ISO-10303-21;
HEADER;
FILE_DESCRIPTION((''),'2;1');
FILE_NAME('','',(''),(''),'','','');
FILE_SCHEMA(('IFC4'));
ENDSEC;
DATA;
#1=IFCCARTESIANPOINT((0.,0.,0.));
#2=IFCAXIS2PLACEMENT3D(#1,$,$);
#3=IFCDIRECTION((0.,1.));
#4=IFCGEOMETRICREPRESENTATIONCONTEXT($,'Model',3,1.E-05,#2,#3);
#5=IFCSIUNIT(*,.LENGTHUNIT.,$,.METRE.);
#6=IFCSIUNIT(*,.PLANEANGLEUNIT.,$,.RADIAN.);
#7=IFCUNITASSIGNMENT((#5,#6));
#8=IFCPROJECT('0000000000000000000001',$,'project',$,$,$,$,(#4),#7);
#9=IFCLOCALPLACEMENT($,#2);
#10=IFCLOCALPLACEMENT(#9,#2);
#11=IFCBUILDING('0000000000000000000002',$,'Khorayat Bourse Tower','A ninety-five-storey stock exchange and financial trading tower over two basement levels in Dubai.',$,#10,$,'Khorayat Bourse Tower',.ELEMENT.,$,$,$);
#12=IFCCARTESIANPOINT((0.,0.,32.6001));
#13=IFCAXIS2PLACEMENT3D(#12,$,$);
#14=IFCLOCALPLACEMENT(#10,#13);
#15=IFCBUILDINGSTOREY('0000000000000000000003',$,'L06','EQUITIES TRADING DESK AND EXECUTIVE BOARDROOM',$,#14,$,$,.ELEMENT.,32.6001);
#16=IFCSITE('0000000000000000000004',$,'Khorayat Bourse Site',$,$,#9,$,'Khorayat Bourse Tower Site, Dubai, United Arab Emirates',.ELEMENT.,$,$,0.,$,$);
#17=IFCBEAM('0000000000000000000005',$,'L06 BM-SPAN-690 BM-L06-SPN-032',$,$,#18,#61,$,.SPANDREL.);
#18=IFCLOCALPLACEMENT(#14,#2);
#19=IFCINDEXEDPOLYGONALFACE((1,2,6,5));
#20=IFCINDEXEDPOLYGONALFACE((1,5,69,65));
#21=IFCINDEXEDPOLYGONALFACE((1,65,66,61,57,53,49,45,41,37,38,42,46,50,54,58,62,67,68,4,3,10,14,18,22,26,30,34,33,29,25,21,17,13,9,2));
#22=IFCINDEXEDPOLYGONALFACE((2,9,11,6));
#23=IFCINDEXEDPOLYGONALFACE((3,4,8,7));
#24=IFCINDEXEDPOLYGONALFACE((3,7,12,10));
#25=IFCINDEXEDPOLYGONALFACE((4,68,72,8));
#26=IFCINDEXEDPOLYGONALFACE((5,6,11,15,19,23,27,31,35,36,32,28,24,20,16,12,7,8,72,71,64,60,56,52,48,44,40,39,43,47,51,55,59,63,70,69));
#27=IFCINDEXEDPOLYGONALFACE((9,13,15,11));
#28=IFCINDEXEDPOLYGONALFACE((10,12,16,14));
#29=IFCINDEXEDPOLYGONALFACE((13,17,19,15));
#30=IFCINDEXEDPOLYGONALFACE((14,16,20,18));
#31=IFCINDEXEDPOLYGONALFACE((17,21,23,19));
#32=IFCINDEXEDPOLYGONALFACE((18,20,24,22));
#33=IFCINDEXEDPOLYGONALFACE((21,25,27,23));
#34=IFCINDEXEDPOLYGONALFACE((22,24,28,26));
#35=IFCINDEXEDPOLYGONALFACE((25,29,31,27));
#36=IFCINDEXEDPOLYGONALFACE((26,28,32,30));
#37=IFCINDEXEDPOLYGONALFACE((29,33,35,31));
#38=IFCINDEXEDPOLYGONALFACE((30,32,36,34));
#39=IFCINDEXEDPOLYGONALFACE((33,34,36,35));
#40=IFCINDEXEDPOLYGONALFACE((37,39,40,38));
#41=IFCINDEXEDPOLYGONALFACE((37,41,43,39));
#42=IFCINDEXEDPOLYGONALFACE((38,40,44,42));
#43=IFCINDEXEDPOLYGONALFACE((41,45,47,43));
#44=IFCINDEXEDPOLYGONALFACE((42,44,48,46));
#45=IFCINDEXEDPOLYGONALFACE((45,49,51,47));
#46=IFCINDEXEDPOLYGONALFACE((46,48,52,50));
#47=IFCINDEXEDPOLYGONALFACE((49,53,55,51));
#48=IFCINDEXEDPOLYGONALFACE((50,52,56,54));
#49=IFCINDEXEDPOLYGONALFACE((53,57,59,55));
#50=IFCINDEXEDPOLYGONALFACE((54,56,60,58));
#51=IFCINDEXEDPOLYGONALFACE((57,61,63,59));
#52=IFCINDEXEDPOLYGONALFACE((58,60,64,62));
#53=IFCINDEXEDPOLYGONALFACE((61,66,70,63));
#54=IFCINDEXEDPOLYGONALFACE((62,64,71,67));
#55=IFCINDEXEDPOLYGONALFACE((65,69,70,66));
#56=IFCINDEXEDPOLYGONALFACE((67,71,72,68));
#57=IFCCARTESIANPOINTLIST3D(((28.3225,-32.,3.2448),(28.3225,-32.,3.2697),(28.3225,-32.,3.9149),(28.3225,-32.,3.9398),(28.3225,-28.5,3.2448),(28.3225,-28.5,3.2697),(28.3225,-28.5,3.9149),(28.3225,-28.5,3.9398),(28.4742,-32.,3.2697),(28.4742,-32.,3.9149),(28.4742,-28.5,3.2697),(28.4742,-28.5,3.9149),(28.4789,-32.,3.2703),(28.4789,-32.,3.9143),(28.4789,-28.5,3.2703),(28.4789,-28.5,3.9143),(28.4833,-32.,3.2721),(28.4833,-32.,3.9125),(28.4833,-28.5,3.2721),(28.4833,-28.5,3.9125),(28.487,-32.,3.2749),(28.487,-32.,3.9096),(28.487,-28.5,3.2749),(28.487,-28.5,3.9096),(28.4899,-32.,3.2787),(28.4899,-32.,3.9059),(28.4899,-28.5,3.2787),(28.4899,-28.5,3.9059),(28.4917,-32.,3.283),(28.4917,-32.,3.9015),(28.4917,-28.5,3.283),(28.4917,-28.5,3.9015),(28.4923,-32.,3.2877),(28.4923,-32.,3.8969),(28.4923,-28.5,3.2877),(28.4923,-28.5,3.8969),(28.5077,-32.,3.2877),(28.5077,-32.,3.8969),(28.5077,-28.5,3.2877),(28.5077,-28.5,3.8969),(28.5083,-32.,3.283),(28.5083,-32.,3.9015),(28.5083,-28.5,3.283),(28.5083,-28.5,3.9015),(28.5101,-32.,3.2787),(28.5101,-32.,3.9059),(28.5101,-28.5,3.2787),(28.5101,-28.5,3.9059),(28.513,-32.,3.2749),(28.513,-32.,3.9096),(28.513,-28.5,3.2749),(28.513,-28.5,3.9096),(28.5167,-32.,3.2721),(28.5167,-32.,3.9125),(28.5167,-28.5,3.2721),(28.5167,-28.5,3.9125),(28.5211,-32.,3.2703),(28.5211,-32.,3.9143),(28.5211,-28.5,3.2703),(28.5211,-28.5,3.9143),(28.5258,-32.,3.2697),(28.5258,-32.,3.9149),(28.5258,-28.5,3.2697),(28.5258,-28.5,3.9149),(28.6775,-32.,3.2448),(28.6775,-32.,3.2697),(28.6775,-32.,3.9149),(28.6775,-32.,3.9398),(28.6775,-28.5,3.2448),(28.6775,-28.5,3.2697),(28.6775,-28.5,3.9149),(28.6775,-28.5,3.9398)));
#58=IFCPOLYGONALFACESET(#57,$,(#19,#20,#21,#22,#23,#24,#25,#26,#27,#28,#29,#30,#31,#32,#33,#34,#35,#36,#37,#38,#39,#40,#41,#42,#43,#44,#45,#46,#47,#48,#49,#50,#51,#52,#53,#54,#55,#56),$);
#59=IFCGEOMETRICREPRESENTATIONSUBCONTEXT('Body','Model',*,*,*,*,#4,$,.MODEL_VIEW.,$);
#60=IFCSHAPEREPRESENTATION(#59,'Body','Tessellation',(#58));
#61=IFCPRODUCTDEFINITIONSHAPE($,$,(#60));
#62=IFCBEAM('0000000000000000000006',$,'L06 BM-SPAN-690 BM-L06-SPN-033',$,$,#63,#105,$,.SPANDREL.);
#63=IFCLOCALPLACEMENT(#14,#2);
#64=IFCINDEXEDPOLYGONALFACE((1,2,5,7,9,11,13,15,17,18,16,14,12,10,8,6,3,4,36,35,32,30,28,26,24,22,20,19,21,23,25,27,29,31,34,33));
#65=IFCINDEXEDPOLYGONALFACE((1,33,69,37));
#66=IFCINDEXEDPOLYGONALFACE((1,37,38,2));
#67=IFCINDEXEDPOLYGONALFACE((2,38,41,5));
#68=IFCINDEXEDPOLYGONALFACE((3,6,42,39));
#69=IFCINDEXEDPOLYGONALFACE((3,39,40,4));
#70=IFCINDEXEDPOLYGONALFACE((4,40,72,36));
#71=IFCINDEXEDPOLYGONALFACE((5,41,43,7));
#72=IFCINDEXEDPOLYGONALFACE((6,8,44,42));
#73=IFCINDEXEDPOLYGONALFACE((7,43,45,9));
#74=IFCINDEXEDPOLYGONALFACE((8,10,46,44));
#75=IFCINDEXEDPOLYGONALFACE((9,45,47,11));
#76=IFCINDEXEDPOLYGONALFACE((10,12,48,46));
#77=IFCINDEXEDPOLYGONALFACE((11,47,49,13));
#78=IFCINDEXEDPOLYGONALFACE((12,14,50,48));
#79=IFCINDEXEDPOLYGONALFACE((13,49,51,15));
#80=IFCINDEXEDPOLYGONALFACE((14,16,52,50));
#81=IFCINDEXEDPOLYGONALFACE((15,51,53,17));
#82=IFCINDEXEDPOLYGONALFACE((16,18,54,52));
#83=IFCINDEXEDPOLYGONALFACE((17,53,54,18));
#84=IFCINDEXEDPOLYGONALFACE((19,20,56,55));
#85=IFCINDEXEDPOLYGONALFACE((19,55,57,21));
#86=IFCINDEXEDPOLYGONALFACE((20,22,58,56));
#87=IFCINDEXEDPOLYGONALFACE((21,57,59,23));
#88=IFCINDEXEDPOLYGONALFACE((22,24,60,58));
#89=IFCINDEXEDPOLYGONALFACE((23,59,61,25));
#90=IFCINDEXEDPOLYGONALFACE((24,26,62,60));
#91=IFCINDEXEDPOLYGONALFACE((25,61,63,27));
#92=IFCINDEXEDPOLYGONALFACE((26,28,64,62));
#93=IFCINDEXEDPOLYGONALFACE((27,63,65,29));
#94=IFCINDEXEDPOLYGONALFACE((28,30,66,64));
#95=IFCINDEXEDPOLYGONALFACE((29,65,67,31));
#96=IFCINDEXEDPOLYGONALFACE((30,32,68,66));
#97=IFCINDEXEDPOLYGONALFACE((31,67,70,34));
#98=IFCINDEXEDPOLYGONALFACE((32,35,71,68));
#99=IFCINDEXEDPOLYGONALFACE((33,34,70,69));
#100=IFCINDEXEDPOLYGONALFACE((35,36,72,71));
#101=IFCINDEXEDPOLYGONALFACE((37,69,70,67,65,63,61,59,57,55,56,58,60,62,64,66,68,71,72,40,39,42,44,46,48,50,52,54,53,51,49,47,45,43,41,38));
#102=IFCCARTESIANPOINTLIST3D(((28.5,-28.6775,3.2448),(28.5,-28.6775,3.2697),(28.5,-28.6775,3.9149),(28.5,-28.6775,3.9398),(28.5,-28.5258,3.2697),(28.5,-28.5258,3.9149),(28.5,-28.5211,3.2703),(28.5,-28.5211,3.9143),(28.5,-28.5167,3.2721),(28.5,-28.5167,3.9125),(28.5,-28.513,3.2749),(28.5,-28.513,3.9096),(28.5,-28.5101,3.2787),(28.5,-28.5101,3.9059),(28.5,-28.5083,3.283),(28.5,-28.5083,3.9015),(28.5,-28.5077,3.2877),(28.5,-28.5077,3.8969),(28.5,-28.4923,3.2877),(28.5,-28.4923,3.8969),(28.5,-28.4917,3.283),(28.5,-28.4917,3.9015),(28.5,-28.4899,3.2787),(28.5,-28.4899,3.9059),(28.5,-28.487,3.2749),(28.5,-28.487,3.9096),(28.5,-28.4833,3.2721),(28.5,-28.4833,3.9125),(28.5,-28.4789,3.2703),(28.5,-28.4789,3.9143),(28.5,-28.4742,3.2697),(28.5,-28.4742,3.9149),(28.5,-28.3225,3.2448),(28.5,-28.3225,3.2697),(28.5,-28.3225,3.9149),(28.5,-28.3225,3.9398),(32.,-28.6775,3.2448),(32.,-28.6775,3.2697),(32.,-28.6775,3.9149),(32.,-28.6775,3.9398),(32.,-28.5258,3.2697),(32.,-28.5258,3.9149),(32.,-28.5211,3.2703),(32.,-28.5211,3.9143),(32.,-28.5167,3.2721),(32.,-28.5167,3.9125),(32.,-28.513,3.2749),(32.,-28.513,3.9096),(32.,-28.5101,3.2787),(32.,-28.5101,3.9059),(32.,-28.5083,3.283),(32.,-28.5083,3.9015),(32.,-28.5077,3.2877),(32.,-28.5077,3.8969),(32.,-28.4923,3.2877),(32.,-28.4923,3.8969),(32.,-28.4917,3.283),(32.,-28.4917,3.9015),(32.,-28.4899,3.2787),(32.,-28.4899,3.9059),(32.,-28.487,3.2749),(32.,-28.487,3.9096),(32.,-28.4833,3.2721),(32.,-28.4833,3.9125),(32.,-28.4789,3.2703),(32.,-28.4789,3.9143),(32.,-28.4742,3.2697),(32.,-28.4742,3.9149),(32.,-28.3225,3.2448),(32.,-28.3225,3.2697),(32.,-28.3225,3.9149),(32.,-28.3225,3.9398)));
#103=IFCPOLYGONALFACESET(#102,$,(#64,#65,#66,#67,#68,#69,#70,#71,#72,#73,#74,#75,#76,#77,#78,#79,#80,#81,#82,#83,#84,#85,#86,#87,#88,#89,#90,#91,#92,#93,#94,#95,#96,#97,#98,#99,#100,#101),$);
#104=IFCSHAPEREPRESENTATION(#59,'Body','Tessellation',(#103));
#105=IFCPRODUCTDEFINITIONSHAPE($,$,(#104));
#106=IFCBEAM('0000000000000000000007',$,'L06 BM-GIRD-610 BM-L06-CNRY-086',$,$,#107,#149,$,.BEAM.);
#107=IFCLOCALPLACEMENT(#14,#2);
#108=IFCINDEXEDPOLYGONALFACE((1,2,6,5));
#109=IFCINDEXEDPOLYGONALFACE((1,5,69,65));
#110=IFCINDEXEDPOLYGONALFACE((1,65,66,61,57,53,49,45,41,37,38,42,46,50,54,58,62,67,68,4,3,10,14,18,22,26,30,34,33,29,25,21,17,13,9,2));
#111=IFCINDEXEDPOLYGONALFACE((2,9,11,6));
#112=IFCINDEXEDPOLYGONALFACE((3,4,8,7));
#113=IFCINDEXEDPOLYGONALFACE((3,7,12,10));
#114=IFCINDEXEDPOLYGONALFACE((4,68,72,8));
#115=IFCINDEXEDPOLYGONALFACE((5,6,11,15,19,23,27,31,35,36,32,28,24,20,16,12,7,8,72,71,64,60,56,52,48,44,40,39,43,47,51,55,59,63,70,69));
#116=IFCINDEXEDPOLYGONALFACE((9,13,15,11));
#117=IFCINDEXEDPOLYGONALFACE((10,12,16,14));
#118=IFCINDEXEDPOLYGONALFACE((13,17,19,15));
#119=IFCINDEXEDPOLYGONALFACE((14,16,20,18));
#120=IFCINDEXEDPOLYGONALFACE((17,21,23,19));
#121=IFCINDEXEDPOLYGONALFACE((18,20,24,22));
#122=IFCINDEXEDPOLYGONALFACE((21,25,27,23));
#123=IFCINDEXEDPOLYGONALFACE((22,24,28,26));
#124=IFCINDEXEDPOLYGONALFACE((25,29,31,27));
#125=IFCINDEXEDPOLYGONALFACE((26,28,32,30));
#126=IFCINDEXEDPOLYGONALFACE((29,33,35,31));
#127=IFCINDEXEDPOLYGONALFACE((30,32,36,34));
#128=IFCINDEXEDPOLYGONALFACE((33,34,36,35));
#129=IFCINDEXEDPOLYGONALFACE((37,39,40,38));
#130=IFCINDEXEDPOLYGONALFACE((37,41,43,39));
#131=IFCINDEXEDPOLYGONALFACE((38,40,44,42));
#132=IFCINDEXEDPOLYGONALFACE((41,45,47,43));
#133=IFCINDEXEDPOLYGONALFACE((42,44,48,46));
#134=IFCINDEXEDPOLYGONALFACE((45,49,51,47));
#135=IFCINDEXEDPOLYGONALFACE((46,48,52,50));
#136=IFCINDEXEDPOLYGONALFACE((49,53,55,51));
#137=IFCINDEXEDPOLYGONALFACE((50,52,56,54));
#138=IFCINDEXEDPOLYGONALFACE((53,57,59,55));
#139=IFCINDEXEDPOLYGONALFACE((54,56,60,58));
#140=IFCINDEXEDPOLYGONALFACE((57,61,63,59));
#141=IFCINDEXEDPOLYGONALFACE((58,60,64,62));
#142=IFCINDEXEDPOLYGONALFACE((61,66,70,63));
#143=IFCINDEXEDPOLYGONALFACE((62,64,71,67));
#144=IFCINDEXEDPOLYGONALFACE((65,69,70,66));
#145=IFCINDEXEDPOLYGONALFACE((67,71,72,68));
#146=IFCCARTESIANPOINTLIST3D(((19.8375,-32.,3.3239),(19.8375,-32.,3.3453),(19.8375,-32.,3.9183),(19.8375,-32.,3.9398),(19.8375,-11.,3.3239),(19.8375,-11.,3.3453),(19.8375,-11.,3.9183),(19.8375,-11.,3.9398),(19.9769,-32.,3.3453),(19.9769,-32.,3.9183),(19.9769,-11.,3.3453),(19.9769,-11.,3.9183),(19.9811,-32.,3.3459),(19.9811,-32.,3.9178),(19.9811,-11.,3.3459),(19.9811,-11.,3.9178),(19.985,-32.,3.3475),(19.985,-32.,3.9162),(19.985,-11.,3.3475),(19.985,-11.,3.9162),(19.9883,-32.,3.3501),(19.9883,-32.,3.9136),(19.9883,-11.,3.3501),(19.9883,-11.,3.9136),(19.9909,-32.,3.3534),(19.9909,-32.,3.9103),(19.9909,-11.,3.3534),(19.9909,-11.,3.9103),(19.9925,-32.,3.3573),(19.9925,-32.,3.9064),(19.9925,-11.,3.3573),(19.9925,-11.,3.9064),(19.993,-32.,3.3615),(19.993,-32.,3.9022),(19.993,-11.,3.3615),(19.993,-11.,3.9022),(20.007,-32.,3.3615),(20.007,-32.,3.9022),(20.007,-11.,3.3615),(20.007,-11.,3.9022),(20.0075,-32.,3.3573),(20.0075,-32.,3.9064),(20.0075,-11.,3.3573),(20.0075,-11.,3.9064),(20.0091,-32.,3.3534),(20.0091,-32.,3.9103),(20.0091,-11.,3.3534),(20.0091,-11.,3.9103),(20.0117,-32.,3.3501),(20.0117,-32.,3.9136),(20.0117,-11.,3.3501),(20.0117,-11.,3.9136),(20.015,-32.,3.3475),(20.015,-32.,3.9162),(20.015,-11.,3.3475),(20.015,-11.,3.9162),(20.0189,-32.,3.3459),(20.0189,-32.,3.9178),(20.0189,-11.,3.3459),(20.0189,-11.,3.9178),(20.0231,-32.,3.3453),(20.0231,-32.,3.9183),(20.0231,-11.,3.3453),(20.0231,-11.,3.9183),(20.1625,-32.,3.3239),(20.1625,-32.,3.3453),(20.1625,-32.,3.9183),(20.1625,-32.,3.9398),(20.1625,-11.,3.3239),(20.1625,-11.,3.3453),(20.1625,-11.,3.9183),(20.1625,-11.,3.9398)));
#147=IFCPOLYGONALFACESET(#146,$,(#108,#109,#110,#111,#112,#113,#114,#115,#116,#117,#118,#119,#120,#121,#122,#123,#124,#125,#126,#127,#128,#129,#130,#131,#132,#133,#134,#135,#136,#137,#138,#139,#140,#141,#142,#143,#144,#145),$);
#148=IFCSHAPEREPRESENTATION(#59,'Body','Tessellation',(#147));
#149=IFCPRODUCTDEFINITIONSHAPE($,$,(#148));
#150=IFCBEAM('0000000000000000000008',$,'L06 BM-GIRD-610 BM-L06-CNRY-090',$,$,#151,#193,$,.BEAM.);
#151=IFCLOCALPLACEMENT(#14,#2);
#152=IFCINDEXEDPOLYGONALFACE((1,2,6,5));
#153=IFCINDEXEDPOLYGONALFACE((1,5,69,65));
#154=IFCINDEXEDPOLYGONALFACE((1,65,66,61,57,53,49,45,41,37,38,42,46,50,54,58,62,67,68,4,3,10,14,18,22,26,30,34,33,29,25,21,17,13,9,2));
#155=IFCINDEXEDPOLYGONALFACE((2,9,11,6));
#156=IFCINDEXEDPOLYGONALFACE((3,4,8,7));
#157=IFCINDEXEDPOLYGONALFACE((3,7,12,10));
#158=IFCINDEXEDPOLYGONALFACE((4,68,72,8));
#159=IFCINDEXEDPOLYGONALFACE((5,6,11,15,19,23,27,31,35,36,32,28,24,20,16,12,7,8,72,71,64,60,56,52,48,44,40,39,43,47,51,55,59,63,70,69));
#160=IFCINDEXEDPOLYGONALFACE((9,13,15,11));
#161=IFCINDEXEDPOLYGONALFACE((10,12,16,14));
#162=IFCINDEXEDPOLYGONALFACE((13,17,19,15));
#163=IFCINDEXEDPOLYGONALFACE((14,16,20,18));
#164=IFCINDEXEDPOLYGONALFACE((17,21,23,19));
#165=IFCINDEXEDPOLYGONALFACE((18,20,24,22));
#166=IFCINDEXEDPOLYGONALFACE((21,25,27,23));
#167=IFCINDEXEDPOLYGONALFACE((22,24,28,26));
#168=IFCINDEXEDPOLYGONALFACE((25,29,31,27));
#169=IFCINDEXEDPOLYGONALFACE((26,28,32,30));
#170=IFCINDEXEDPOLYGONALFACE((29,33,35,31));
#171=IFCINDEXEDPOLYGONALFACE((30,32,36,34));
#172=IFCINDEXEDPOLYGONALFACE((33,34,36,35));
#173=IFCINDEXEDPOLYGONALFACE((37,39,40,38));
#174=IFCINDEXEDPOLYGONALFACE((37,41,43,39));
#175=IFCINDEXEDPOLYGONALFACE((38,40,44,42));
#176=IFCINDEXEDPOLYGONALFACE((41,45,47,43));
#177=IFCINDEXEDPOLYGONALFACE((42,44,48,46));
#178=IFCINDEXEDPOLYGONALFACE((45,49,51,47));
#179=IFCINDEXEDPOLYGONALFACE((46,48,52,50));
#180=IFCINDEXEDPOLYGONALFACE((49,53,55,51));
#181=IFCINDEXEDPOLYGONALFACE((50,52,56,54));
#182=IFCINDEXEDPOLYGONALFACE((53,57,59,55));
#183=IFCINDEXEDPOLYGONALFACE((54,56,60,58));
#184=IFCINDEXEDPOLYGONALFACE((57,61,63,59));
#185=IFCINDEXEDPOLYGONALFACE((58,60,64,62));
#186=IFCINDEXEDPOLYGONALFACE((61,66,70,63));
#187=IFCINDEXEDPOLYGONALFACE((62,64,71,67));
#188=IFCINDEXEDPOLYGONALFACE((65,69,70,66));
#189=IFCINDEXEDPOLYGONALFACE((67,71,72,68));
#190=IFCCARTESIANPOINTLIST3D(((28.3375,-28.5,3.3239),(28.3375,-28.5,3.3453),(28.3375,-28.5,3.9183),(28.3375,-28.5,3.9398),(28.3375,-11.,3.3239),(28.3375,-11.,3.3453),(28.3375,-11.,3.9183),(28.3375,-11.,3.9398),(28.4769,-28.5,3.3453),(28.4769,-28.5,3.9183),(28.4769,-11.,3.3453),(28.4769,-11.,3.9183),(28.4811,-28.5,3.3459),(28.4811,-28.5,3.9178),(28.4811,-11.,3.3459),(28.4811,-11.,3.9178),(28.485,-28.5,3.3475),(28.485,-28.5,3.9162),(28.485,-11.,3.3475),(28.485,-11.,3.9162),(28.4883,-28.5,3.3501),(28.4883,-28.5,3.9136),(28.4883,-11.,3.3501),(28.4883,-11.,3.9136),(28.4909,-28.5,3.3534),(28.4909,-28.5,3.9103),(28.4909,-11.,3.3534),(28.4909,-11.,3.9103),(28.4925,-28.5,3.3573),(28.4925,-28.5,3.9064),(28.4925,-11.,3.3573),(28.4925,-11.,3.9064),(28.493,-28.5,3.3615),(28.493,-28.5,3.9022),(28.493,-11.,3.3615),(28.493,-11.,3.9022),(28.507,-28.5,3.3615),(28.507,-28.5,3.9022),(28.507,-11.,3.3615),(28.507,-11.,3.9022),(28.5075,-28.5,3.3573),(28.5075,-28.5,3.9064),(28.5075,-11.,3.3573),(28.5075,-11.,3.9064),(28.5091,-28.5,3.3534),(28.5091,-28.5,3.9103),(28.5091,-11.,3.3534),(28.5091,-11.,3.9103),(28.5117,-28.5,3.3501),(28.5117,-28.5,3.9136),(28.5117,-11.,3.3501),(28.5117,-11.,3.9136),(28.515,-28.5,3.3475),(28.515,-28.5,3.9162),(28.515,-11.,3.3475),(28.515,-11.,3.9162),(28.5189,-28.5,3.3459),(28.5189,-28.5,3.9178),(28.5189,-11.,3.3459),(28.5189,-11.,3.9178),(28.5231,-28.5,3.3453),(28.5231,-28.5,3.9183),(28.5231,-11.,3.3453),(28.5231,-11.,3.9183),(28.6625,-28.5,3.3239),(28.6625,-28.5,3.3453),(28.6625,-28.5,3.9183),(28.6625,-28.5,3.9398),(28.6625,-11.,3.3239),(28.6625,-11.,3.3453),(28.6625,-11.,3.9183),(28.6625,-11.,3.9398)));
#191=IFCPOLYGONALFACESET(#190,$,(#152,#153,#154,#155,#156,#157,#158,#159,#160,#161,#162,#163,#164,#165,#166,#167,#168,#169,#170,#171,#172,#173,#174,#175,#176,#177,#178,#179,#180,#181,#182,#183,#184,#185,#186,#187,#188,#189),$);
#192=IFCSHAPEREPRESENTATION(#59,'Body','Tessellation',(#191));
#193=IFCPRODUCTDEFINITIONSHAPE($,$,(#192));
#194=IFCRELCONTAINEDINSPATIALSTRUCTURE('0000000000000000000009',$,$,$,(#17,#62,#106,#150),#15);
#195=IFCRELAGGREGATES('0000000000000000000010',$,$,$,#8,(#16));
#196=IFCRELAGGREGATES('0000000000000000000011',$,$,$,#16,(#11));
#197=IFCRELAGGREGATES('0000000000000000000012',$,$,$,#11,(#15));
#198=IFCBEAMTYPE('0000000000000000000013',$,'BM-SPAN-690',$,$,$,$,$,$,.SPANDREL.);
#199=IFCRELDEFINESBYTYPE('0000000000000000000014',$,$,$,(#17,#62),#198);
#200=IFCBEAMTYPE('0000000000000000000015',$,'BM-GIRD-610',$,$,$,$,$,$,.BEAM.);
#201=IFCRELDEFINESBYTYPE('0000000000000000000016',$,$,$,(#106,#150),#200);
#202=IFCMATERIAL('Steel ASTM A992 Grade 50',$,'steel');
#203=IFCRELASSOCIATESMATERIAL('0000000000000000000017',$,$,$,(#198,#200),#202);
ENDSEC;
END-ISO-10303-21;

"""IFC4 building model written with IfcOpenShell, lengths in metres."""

from ifc_helpers import new_model, si_unit, direction, frame, origin, origin_2d, place, context, subcontext, project, spatial, i_section, extrude, source, transform, mapped, material, material_profile, profile_set, type_object, element, save


model = new_model("IFC4")

# Units and contexts
model_context = context("Model", 3, precision=1e-05, world=origin(), true_north=direction((0.0, 1.0)))
body_context = subcontext(model_context, "Body", "Model", "MODEL_VIEW")
ifc_project = project(units=[si_unit("LENGTHUNIT", "METRE"), si_unit("PLANEANGLEUNIT", "RADIAN")], contexts=[model_context])

# Site, building, storey
site_placement = place(None, origin())
site = spatial("IfcSite", under=ifc_project, at=site_placement, Name="Khorayat Bourse Site", LongName="Khorayat Bourse Tower Site, Dubai, United Arab Emirates", CompositionType="ELEMENT", RefElevation=0.0)
building_placement = place(site_placement, origin())
building = spatial("IfcBuilding", under=site, at=building_placement, Name="Khorayat Bourse Tower", Description="A ninety-five-storey stock exchange and financial trading tower over two basement levels in Dubai.", LongName="Khorayat Bourse Tower", CompositionType="ELEMENT")
storey_placement = place(building_placement, frame((0.0, 0.0, 32.6001)))
storey = spatial("IfcBuildingStorey", under=building, at=storey_placement, Name="L06", Description="EQUITIES TRADING DESK AND EXECUTIVE BOARDROOM", CompositionType="ELEMENT", Elevation=32.6001)

# Beams
ifc_material_1 = material(Name="Steel ASTM A992 Grade 50", Category="steel")
ifc_material_profile_1 = material_profile(ifc_material_1, i_section(OverallWidth=0.355, OverallDepth=0.6951, WebThickness=0.0154, FlangeThickness=0.0249, FilletRadius=0.0181, at=origin_2d()), Name="W690X217")
ifc_profile_set_1 = profile_set([ifc_material_profile_1], Name="Steel ASTM A992 Grade 50")
beam_type_1 = type_object("IfcBeamType", Name="BM-SPAN-690", PredefinedType="SPANDREL", material=ifc_profile_set_1)
shared_shape_1 = source(origin(), body_context, "Body", "SweptSolid", [
    extrude(i_section(OverallWidth=0.355, OverallDepth=0.6951, WebThickness=0.0154, FlangeThickness=0.0249, FilletRadius=0.0181, at=origin_2d()), origin(), (0.0, 0.0, 1.0), 3.5),
])
for number, where, z_axis, x_axis, name in (
    (1, (28.5, -32.0, 3.5923), (0.0, 1.0, 0.0), (-1.0, 0.0, 0.0), "L06 BM-SPAN-690 BM-L06-SPN-032"),
    (2, (28.5, -28.5, 3.5923), (1.0, 0.0, 0.0), (0.0, 1.0, 0.0), "L06 BM-SPAN-690 BM-L06-SPN-033"),
):
    element("IfcBeam", number, at=place(storey_placement, frame(where, z_axis=z_axis, x_axis=x_axis)), inside=storey, type_object=beam_type_1, Name=name, PredefinedType="SPANDREL", context=body_context, shape_type="MappedRepresentation", body=[
        mapped(shared_shape_1, transform((0.0, 0.0, 0.0), scale=1.0)),
    ])
ifc_material_profile_2 = material_profile(ifc_material_1, i_section(OverallWidth=0.325, OverallDepth=0.616, WebThickness=0.0139, FlangeThickness=0.0215, FilletRadius=0.0161, at=origin_2d()), Name="W610X174")
ifc_profile_set_2 = profile_set([ifc_material_profile_2], Name="Steel ASTM A992 Grade 50")
beam_type_2 = type_object("IfcBeamType", Name="BM-GIRD-610", PredefinedType="BEAM", material=ifc_profile_set_2)
shared_shape_2 = source(origin(), body_context, "Body", "SweptSolid", [
    extrude(i_section(OverallWidth=0.325, OverallDepth=0.616, WebThickness=0.0139, FlangeThickness=0.0215, FilletRadius=0.0161, at=origin_2d()), origin(), (0.0, 0.0, 1.0), 21.0),
])
beam_1_placement = place(storey_placement, frame((20.0, -32.0, 3.6318), z_axis=(0.0, 1.0, 0.0), x_axis=(-1.0, 0.0, 0.0)))
element("IfcBeam", 3, at=beam_1_placement, inside=storey, type_object=beam_type_2, Name="L06 BM-GIRD-610 BM-L06-CNRY-086", PredefinedType="BEAM", context=body_context, shape_type="MappedRepresentation", body=[
    mapped(shared_shape_2, transform((0.0, 0.0, 0.0), scale=1.0)),
])
shared_shape_3 = source(origin(), body_context, "Body", "SweptSolid", [
    extrude(i_section(OverallWidth=0.325, OverallDepth=0.616, WebThickness=0.0139, FlangeThickness=0.0215, FilletRadius=0.0161, at=origin_2d()), origin(), (0.0, 0.0, 1.0), 17.5),
])
beam_2_placement = place(storey_placement, frame((28.5, -28.5, 3.6318), z_axis=(0.0, 1.0, 0.0), x_axis=(-1.0, 0.0, 0.0)))
element("IfcBeam", 4, at=beam_2_placement, inside=storey, type_object=beam_type_2, Name="L06 BM-GIRD-610 BM-L06-CNRY-090", PredefinedType="BEAM", context=body_context, shape_type="MappedRepresentation", body=[
    mapped(shared_shape_3, transform((0.0, 0.0, 0.0), scale=1.0)),
])

save(model, "model.ifc")
